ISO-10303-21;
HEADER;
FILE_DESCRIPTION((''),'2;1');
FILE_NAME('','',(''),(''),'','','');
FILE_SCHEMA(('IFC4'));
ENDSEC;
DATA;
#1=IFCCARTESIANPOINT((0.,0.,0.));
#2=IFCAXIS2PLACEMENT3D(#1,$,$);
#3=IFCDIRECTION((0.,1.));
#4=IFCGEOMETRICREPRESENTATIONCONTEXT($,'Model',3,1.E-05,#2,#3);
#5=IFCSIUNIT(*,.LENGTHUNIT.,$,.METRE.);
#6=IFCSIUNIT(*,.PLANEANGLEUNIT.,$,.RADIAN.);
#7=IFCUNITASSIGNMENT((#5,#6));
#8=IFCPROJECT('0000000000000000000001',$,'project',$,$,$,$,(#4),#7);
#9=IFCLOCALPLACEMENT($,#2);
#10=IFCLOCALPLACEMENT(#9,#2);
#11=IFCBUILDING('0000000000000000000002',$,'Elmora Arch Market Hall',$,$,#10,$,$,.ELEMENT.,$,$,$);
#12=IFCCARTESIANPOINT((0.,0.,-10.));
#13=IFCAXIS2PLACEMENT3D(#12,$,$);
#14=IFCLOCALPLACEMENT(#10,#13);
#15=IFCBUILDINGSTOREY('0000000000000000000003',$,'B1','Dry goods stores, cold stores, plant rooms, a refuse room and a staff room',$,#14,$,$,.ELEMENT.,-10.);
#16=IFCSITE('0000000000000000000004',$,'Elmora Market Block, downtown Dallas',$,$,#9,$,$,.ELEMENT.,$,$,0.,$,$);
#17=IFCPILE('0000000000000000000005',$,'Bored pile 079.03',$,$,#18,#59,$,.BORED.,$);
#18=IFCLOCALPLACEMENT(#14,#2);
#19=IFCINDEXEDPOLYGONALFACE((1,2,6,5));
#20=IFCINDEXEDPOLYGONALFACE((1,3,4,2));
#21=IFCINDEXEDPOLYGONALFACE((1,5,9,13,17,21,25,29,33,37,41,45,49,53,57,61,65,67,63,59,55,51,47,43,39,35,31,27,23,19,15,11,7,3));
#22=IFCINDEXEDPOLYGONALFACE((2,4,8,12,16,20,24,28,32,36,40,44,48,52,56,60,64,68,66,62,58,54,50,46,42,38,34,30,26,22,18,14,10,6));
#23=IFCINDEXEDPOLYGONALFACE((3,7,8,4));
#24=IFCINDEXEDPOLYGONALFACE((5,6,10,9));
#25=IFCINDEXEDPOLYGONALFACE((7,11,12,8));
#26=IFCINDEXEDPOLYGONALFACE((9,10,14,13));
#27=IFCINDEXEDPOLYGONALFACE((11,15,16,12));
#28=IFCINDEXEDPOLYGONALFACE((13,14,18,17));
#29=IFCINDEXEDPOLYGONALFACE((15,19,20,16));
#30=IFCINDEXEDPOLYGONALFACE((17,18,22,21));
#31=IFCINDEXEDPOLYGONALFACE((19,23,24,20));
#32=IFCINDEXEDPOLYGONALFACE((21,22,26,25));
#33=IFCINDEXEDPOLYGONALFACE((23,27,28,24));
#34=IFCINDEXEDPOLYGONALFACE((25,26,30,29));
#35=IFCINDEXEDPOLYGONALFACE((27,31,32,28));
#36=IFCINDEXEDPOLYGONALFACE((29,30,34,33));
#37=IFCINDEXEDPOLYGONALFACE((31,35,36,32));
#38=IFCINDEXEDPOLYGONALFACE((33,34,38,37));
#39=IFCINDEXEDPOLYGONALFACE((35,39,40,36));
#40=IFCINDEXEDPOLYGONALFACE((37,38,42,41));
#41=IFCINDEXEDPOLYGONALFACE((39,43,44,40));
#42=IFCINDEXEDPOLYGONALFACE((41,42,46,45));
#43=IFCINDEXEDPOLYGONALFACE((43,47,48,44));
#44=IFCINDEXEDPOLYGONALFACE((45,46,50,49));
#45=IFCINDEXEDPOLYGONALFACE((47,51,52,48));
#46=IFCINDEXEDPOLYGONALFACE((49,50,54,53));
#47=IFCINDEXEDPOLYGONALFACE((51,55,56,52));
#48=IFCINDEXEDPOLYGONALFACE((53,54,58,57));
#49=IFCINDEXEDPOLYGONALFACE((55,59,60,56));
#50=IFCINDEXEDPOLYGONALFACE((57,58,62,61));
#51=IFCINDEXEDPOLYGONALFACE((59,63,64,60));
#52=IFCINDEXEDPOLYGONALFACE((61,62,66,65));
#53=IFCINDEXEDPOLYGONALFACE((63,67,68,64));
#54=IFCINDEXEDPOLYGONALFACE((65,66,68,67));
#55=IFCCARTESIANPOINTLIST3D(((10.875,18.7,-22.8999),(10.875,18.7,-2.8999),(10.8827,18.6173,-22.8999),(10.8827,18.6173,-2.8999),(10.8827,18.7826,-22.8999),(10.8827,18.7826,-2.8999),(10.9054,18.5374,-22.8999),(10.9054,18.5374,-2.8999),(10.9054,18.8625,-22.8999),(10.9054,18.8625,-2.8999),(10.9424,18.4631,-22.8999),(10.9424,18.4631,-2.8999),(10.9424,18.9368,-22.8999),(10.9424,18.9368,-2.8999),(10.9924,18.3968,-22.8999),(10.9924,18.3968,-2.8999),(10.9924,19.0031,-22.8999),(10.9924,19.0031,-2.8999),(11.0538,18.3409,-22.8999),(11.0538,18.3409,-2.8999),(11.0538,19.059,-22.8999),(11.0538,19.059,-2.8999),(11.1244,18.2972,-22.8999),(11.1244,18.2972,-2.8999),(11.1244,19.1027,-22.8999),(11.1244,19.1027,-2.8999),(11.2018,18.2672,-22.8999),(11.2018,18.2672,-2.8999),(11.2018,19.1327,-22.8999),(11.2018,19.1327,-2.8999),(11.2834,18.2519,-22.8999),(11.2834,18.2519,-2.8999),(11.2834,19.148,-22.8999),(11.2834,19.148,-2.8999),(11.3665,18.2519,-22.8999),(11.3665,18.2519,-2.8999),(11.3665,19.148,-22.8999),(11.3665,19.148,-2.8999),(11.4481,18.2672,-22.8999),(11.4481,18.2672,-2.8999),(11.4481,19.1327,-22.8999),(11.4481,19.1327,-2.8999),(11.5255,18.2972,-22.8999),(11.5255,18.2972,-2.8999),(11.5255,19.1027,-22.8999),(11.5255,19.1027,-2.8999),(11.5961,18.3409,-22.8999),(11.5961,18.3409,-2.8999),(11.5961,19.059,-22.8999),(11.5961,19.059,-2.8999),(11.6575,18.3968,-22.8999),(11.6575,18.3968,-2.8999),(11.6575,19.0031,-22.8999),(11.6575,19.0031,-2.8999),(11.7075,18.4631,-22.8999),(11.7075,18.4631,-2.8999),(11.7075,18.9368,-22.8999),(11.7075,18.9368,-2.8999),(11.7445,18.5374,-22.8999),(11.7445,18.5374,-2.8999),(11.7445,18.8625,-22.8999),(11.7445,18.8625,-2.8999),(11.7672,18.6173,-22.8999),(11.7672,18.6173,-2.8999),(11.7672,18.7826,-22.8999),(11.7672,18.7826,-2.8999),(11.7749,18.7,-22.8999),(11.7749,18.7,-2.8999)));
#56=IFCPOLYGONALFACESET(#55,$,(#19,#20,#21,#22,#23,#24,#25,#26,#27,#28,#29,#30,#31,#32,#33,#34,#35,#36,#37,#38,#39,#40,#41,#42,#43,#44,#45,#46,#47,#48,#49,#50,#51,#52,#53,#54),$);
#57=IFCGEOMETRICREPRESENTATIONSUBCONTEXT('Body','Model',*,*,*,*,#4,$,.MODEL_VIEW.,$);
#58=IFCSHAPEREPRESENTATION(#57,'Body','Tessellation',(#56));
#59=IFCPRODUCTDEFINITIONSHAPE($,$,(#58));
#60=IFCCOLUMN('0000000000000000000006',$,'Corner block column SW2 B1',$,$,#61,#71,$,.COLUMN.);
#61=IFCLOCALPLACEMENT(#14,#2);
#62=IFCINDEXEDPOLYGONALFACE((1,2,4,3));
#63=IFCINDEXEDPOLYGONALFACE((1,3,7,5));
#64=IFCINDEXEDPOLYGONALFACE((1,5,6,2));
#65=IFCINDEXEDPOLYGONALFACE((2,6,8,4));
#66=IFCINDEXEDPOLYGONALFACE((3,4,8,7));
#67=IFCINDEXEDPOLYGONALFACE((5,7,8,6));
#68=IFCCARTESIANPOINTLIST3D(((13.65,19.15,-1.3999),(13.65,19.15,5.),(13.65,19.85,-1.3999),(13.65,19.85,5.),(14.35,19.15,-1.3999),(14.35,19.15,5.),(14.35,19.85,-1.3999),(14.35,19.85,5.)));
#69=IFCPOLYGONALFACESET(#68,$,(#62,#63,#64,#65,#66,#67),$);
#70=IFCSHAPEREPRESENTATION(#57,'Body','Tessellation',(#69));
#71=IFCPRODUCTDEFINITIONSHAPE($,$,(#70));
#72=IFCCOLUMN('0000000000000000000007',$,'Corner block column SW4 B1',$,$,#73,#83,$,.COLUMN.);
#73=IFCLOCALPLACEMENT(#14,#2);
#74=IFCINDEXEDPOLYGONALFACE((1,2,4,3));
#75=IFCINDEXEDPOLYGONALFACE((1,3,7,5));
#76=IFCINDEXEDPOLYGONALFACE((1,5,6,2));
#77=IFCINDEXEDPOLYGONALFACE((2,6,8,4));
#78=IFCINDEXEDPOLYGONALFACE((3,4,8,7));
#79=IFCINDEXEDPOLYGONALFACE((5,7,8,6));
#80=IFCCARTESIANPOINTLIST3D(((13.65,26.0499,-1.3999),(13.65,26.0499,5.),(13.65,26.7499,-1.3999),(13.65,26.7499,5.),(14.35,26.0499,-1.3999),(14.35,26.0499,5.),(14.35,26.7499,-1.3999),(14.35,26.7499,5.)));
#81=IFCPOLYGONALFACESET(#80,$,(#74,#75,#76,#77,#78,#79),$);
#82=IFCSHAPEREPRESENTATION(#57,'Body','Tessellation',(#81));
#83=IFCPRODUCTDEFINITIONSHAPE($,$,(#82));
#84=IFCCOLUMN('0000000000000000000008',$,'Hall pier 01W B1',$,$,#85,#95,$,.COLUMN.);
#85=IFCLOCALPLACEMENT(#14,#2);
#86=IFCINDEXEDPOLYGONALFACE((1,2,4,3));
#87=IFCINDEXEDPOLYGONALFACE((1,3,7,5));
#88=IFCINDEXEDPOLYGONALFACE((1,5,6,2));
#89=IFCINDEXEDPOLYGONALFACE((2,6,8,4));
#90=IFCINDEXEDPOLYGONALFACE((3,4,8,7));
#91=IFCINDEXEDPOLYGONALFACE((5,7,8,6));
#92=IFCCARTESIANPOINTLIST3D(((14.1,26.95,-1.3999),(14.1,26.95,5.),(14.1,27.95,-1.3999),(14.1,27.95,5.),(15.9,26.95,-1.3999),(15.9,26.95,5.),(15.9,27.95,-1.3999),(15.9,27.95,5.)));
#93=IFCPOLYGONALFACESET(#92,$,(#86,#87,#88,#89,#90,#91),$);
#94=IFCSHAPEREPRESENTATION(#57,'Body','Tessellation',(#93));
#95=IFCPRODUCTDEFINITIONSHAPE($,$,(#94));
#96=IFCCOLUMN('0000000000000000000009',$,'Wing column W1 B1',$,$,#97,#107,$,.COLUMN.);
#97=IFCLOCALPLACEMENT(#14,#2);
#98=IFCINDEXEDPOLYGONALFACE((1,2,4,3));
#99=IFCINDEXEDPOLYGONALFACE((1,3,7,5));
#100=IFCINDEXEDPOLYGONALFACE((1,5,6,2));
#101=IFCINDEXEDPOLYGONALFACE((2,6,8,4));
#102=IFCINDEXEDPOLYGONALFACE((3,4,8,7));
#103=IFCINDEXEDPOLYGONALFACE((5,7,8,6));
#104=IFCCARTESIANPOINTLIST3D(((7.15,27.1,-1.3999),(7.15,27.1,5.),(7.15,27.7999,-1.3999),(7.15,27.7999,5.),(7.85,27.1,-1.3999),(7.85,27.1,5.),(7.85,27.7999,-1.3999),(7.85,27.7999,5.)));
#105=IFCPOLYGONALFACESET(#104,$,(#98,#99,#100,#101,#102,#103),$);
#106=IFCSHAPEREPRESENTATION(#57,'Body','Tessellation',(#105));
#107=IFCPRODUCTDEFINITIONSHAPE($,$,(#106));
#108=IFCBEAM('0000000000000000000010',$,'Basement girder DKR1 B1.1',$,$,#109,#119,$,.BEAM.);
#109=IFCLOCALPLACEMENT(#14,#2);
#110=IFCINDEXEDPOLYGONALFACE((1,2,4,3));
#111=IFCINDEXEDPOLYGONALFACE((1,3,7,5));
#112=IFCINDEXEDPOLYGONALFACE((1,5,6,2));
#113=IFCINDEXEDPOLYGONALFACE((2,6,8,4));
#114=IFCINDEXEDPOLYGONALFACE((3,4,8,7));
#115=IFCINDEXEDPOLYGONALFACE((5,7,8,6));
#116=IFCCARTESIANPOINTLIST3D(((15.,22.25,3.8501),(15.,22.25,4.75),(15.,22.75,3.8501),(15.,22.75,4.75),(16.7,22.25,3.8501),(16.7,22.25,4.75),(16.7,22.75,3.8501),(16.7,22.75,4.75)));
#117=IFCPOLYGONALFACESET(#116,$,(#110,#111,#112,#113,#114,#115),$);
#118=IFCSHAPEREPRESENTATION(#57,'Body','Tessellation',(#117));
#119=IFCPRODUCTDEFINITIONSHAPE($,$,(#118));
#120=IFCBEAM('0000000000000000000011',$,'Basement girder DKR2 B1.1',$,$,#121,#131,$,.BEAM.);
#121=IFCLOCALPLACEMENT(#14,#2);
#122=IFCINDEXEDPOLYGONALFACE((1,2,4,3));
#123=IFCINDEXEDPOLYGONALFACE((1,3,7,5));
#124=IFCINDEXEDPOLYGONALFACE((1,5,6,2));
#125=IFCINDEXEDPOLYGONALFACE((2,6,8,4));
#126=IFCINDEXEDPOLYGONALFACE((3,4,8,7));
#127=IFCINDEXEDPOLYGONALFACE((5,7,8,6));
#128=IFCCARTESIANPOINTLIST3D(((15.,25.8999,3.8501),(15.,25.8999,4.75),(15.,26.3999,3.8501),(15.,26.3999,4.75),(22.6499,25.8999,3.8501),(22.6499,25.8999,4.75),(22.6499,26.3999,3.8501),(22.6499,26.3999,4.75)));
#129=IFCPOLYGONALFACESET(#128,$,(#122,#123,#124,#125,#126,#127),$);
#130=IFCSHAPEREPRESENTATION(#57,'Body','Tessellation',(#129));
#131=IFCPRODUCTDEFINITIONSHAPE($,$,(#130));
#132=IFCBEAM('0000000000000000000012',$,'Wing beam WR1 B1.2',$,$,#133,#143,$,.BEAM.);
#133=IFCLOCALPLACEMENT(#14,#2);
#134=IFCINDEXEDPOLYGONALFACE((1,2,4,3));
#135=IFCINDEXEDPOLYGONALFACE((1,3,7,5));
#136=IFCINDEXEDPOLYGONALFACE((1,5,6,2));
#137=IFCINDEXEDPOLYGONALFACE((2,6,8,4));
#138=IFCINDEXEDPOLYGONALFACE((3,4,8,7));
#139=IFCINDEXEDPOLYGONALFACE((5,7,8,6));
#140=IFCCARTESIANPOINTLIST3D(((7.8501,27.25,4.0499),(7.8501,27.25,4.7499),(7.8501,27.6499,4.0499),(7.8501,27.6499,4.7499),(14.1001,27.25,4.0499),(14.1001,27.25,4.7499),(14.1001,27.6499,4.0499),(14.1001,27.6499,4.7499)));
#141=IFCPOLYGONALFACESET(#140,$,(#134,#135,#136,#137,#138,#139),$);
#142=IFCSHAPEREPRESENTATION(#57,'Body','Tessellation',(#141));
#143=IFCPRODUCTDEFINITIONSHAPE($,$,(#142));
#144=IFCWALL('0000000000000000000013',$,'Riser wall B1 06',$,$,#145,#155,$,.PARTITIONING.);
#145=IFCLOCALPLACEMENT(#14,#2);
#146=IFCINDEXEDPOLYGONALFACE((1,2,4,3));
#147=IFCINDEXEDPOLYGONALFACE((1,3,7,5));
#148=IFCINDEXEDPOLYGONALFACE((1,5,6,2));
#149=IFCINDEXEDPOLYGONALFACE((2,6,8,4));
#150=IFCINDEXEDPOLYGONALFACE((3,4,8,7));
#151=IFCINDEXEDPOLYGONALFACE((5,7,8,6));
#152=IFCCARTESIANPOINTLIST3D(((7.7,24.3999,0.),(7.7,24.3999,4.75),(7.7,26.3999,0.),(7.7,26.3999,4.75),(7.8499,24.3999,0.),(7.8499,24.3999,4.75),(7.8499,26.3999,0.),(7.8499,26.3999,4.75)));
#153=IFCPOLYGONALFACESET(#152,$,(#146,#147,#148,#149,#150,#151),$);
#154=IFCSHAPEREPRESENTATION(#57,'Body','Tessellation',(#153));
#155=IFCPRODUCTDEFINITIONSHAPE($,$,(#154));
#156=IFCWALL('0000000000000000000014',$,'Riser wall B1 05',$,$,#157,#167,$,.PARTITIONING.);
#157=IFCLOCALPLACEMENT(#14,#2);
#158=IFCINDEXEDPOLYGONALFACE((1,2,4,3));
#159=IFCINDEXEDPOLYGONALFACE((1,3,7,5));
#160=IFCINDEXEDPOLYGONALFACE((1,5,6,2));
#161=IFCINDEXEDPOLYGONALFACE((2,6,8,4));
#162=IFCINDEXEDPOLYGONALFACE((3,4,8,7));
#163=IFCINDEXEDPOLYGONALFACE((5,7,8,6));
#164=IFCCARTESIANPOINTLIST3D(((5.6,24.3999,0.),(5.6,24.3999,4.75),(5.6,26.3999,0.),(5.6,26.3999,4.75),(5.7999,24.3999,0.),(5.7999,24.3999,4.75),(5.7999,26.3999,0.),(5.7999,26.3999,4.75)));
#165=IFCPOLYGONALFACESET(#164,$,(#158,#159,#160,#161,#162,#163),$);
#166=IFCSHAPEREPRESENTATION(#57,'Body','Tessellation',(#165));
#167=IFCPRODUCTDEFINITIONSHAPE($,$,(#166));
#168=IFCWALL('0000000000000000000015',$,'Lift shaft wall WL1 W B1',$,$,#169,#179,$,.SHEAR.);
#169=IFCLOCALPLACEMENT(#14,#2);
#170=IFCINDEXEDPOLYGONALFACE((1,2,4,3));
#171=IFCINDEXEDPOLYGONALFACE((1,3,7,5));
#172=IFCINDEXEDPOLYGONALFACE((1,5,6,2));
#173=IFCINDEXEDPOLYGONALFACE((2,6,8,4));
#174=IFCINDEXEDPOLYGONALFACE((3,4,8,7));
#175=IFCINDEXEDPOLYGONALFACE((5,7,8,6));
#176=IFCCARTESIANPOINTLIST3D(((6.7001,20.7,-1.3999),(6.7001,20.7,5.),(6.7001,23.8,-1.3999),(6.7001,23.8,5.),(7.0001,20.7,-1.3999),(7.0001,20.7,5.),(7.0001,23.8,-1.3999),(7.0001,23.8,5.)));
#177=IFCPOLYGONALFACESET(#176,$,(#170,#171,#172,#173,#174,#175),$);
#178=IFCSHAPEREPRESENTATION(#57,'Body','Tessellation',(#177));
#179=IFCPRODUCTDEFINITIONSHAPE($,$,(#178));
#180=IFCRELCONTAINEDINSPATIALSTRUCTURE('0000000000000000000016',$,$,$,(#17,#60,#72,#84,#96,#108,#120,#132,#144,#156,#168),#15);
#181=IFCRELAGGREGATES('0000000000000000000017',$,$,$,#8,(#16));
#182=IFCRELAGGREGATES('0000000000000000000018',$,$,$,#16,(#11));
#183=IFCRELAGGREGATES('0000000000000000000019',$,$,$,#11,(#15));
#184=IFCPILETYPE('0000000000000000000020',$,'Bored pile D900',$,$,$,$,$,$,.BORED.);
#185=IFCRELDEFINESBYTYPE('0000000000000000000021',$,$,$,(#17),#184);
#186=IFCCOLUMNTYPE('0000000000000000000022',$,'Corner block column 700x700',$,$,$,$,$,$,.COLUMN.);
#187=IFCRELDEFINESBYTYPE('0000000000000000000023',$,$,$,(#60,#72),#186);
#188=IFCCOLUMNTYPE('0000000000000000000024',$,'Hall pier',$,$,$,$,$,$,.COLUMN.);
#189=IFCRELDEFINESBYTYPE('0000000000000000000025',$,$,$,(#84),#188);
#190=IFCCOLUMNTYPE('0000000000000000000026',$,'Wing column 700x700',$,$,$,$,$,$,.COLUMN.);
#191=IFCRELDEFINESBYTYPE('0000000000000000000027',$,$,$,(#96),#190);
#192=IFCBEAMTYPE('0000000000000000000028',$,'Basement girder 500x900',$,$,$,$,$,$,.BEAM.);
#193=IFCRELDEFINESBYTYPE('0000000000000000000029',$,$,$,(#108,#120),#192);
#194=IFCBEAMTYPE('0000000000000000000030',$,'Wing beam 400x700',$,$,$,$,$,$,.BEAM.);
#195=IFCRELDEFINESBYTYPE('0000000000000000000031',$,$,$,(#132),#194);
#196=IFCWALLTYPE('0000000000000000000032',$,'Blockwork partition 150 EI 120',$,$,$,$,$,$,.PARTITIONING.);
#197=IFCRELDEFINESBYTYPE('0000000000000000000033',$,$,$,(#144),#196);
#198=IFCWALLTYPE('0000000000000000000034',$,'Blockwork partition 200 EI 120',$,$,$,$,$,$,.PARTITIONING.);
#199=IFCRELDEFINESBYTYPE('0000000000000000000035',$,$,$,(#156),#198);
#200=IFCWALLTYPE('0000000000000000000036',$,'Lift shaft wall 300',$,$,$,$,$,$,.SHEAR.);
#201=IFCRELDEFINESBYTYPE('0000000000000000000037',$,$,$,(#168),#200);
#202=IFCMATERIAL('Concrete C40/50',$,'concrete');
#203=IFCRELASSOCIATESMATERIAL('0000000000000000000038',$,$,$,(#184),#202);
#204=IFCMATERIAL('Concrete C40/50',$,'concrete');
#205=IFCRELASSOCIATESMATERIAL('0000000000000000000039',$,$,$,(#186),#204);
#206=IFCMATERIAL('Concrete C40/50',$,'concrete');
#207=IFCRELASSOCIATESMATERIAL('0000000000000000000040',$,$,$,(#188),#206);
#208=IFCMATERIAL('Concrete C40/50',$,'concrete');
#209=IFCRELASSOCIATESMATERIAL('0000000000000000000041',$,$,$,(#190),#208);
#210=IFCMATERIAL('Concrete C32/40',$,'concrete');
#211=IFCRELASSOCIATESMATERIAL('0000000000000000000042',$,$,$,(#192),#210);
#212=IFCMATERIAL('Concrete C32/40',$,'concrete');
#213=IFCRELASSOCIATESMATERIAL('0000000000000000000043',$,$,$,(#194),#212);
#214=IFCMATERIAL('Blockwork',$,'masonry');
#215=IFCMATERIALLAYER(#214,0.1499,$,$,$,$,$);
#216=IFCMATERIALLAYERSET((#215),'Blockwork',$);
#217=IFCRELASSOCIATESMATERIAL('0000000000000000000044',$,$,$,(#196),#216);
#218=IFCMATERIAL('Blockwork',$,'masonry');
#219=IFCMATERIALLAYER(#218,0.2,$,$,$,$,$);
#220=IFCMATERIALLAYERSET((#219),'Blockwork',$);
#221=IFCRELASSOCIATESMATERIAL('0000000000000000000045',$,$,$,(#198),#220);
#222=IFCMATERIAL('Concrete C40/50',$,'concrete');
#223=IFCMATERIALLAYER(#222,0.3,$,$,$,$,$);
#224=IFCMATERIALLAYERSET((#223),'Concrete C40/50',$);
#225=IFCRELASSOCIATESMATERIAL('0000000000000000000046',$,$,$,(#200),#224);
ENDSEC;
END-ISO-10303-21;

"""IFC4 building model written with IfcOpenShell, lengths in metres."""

from ifc_helpers import new_model, si_unit, direction, frame, frame_2d, origin, origin_2d, place, context, subcontext, project, spatial, rectangle, circle, extrude, material, layer, layer_set, material_profile, profile_set, type_object, element, save


model = new_model("IFC4")

# Units and contexts
model_context = context("Model", 3, precision=1e-05, world=origin(), true_north=direction((0.0, 1.0)))
body_context = subcontext(model_context, "Body", "Model", "MODEL_VIEW")
ifc_project = project(units=[si_unit("LENGTHUNIT", "METRE"), si_unit("PLANEANGLEUNIT", "RADIAN")], contexts=[model_context])

# Site, building, storey
site_placement = place(None, origin())
site = spatial("IfcSite", under=ifc_project, at=site_placement, Name="Elmora Market Block, downtown Dallas", CompositionType="ELEMENT", RefElevation=0.0)
building_placement = place(site_placement, origin())
building = spatial("IfcBuilding", under=site, at=building_placement, Name="Elmora Arch Market Hall", CompositionType="ELEMENT")
storey_placement = place(building_placement, frame((0.0, 0.0, -10.0)))
storey = spatial("IfcBuildingStorey", under=building, at=storey_placement, Name="B1", Description="Dry goods stores, cold stores, plant rooms, a refuse room and a staff room", CompositionType="ELEMENT", Elevation=-10.0)

# Pile
ifc_material_1 = material(Name="Concrete C40/50", Category="concrete")
ifc_material_profile_1 = material_profile(ifc_material_1, circle(Radius=0.45, at=origin_2d()), Name="Bored pile D900")
ifc_profile_set_1 = profile_set([ifc_material_profile_1], Name="Concrete C40/50")
pile_type = type_object("IfcPileType", Name="Bored pile D900", PredefinedType="BORED", material=ifc_profile_set_1)
for number, where, z_axis, x_axis, name in (
    (1, (11.325, 18.7, -2.8999), (0.0, 0.0, -1.0), (1.0, 0.0, 0.0), "Bored pile 079.03"),
):
    element("IfcPile", number, at=place(storey_placement, frame(where, z_axis=z_axis, x_axis=x_axis)), inside=storey, type_object=pile_type, Name=name, PredefinedType="BORED", context=body_context, shape_type="SweptSolid", body=[
        extrude(circle(Radius=0.45, at=origin_2d()), origin(), (0.0, 0.0, 1.0), 20.0),
    ])

# Columns
ifc_material_2 = material(Name="Concrete C40/50", Category="concrete")
ifc_material_profile_2 = material_profile(ifc_material_2, rectangle(XDim=0.7, YDim=0.7, at=origin_2d()), Name="Corner block column 700x700")
ifc_profile_set_2 = profile_set([ifc_material_profile_2], Name="Concrete C40/50")
column_type_1 = type_object("IfcColumnType", Name="Corner block column 700x700", PredefinedType="COLUMN", material=ifc_profile_set_2)
for number, where, z_axis, x_axis, name in (
    (2, (14.0, 19.5, -1.3999), (0.0, 0.0, 1.0), (1.0, 0.0, 0.0), "Corner block column SW2 B1"),
    (3, (14.0, 26.3999, -1.3999), (0.0, 0.0, 1.0), (1.0, 0.0, 0.0), "Corner block column SW4 B1"),
):
    element("IfcColumn", number, at=place(storey_placement, frame(where, z_axis=z_axis, x_axis=x_axis)), inside=storey, type_object=column_type_1, Name=name, PredefinedType="COLUMN", context=body_context, shape_type="SweptSolid", body=[
        extrude(rectangle(XDim=0.7, YDim=0.7, at=origin_2d()), origin(), (0.0, 0.0, 1.0), 6.3999),
    ])
ifc_material_3 = material(Name="Concrete C40/50", Category="concrete")
ifc_material_profile_3 = material_profile(ifc_material_3, rectangle(XDim=1.8, YDim=1.0, at=origin_2d()), Name="Hall pier")
ifc_profile_set_3 = profile_set([ifc_material_profile_3], Name="Concrete C40/50")
column_type_2 = type_object("IfcColumnType", Name="Hall pier", PredefinedType="COLUMN", material=ifc_profile_set_3)
column_1_placement = place(storey_placement, frame((15.0, 27.45, -1.3999), z_axis=(0.0, 0.0, 1.0), x_axis=(1.0, 0.0, 0.0)))
element("IfcColumn", 4, at=column_1_placement, inside=storey, type_object=column_type_2, Name="Hall pier 01W B1", PredefinedType="COLUMN", context=body_context, shape_type="SweptSolid", body=[
    extrude(rectangle(XDim=1.8, YDim=1.0, at=origin_2d()), origin(), (0.0, 0.0, 1.0), 6.3999),
])
ifc_material_4 = material(Name="Concrete C40/50", Category="concrete")
ifc_material_profile_4 = material_profile(ifc_material_4, rectangle(XDim=0.7, YDim=0.7, at=origin_2d()), Name="Wing column 700x700")
ifc_profile_set_4 = profile_set([ifc_material_profile_4], Name="Concrete C40/50")
column_type_3 = type_object("IfcColumnType", Name="Wing column 700x700", PredefinedType="COLUMN", material=ifc_profile_set_4)
column_2_placement = place(storey_placement, frame((7.5, 27.45, -1.3999), z_axis=(0.0, 0.0, 1.0), x_axis=(1.0, 0.0, 0.0)))
element("IfcColumn", 5, at=column_2_placement, inside=storey, type_object=column_type_3, Name="Wing column W1 B1", PredefinedType="COLUMN", context=body_context, shape_type="SweptSolid", body=[
    extrude(rectangle(XDim=0.7, YDim=0.7, at=origin_2d()), origin(), (0.0, 0.0, 1.0), 6.3999),
])

# Beams
ifc_material_5 = material(Name="Concrete C32/40", Category="concrete")
ifc_material_profile_5 = material_profile(ifc_material_5, rectangle(XDim=0.5, YDim=0.8999, at=origin_2d()), Name="Basement girder 500x900")
ifc_profile_set_5 = profile_set([ifc_material_profile_5], Name="Concrete C32/40")
beam_type_1 = type_object("IfcBeamType", Name="Basement girder 500x900", PredefinedType="BEAM", material=ifc_profile_set_5)
beam_1_placement = place(storey_placement, frame((15.0, 22.5, 4.3), z_axis=(1.0, 0.0, 0.0), x_axis=(0.0, 1.0, 0.0)))
element("IfcBeam", 6, at=beam_1_placement, inside=storey, type_object=beam_type_1, Name="Basement girder DKR1 B1.1", PredefinedType="BEAM", context=body_context, shape_type="SweptSolid", body=[
    extrude(rectangle(XDim=0.5, YDim=0.8999, at=origin_2d()), origin(), (0.0, 0.0, 1.0), 1.7),
])
beam_2_placement = place(storey_placement, frame((15.0, 26.1499, 4.3), z_axis=(1.0, 0.0, 0.0), x_axis=(0.0, 1.0, 0.0)))
element("IfcBeam", 7, at=beam_2_placement, inside=storey, type_object=beam_type_1, Name="Basement girder DKR2 B1.1", PredefinedType="BEAM", context=body_context, shape_type="SweptSolid", body=[
    extrude(rectangle(XDim=0.5, YDim=0.8999, at=origin_2d()), origin(), (0.0, 0.0, 1.0), 7.6499),
])
ifc_material_6 = material(Name="Concrete C32/40", Category="concrete")
ifc_material_profile_6 = material_profile(ifc_material_6, rectangle(XDim=0.3999, YDim=0.7, at=origin_2d()), Name="Wing beam 400x700")
ifc_profile_set_6 = profile_set([ifc_material_profile_6], Name="Concrete C32/40")
beam_type_2 = type_object("IfcBeamType", Name="Wing beam 400x700", PredefinedType="BEAM", material=ifc_profile_set_6)
beam_3_placement = place(storey_placement, frame((7.8501, 27.45, 4.3999), z_axis=(1.0, 0.0, 0.0), x_axis=(0.0, 1.0, 0.0)))
element("IfcBeam", 8, at=beam_3_placement, inside=storey, type_object=beam_type_2, Name="Wing beam WR1 B1.2", PredefinedType="BEAM", context=body_context, shape_type="SweptSolid", body=[
    extrude(rectangle(XDim=0.3999, YDim=0.7, at=origin_2d()), origin(), (0.0, 0.0, 1.0), 6.25),
])

# Walls
ifc_material_7 = material(Name="Blockwork", Category="masonry")
ifc_layer_1 = layer(ifc_material_7, 0.1499)
ifc_layer_set_1 = layer_set([ifc_layer_1], Name="Blockwork")
wall_type_1 = type_object("IfcWallType", Name="Blockwork partition 150 EI 120", PredefinedType="PARTITIONING", material=ifc_layer_set_1)
wall_1_placement = place(storey_placement, frame((7.7749, 24.3999, 0.0), z_axis=(0.0, 0.0, 1.0), x_axis=(0.0, 1.0, 0.0)))
element("IfcWall", 9, at=wall_1_placement, inside=storey, type_object=wall_type_1, Name="Riser wall B1 06", PredefinedType="PARTITIONING", context=body_context, shape_type="SweptSolid", body=[
    extrude(rectangle(XDim=2.0, YDim=0.1499, at=frame_2d((1.0, 0.0))), origin(), (0.0, 0.0, 1.0), 4.75),
])
ifc_material_8 = material(Name="Blockwork", Category="masonry")
ifc_layer_2 = layer(ifc_material_8, 0.2)
ifc_layer_set_2 = layer_set([ifc_layer_2], Name="Blockwork")
wall_type_2 = type_object("IfcWallType", Name="Blockwork partition 200 EI 120", PredefinedType="PARTITIONING", material=ifc_layer_set_2)
wall_2_placement = place(storey_placement, frame((5.7, 24.3999, 0.0), z_axis=(0.0, 0.0, 1.0), x_axis=(0.0, 1.0, 0.0)))
element("IfcWall", 10, at=wall_2_placement, inside=storey, type_object=wall_type_2, Name="Riser wall B1 05", PredefinedType="PARTITIONING", context=body_context, shape_type="SweptSolid", body=[
    extrude(rectangle(XDim=2.0, YDim=0.2, at=frame_2d((1.0, 0.0))), origin(), (0.0, 0.0, 1.0), 4.75),
])
ifc_material_9 = material(Name="Concrete C40/50", Category="concrete")
ifc_layer_3 = layer(ifc_material_9, 0.3)
ifc_layer_set_3 = layer_set([ifc_layer_3], Name="Concrete C40/50")
wall_type_3 = type_object("IfcWallType", Name="Lift shaft wall 300", PredefinedType="SHEAR", material=ifc_layer_set_3)
wall_3_placement = place(storey_placement, frame((6.8501, 20.7, -1.3999), z_axis=(0.0, 0.0, 1.0), x_axis=(0.0, 1.0, 0.0)))
element("IfcWall", 11, at=wall_3_placement, inside=storey, type_object=wall_type_3, Name="Lift shaft wall WL1 W B1", PredefinedType="SHEAR", context=body_context, shape_type="SweptSolid", body=[
    extrude(rectangle(XDim=3.1001, YDim=0.3, at=frame_2d((1.55, 0.0))), origin(), (0.0, 0.0, 1.0), 6.3999),
])

save(model, "model.ifc")
